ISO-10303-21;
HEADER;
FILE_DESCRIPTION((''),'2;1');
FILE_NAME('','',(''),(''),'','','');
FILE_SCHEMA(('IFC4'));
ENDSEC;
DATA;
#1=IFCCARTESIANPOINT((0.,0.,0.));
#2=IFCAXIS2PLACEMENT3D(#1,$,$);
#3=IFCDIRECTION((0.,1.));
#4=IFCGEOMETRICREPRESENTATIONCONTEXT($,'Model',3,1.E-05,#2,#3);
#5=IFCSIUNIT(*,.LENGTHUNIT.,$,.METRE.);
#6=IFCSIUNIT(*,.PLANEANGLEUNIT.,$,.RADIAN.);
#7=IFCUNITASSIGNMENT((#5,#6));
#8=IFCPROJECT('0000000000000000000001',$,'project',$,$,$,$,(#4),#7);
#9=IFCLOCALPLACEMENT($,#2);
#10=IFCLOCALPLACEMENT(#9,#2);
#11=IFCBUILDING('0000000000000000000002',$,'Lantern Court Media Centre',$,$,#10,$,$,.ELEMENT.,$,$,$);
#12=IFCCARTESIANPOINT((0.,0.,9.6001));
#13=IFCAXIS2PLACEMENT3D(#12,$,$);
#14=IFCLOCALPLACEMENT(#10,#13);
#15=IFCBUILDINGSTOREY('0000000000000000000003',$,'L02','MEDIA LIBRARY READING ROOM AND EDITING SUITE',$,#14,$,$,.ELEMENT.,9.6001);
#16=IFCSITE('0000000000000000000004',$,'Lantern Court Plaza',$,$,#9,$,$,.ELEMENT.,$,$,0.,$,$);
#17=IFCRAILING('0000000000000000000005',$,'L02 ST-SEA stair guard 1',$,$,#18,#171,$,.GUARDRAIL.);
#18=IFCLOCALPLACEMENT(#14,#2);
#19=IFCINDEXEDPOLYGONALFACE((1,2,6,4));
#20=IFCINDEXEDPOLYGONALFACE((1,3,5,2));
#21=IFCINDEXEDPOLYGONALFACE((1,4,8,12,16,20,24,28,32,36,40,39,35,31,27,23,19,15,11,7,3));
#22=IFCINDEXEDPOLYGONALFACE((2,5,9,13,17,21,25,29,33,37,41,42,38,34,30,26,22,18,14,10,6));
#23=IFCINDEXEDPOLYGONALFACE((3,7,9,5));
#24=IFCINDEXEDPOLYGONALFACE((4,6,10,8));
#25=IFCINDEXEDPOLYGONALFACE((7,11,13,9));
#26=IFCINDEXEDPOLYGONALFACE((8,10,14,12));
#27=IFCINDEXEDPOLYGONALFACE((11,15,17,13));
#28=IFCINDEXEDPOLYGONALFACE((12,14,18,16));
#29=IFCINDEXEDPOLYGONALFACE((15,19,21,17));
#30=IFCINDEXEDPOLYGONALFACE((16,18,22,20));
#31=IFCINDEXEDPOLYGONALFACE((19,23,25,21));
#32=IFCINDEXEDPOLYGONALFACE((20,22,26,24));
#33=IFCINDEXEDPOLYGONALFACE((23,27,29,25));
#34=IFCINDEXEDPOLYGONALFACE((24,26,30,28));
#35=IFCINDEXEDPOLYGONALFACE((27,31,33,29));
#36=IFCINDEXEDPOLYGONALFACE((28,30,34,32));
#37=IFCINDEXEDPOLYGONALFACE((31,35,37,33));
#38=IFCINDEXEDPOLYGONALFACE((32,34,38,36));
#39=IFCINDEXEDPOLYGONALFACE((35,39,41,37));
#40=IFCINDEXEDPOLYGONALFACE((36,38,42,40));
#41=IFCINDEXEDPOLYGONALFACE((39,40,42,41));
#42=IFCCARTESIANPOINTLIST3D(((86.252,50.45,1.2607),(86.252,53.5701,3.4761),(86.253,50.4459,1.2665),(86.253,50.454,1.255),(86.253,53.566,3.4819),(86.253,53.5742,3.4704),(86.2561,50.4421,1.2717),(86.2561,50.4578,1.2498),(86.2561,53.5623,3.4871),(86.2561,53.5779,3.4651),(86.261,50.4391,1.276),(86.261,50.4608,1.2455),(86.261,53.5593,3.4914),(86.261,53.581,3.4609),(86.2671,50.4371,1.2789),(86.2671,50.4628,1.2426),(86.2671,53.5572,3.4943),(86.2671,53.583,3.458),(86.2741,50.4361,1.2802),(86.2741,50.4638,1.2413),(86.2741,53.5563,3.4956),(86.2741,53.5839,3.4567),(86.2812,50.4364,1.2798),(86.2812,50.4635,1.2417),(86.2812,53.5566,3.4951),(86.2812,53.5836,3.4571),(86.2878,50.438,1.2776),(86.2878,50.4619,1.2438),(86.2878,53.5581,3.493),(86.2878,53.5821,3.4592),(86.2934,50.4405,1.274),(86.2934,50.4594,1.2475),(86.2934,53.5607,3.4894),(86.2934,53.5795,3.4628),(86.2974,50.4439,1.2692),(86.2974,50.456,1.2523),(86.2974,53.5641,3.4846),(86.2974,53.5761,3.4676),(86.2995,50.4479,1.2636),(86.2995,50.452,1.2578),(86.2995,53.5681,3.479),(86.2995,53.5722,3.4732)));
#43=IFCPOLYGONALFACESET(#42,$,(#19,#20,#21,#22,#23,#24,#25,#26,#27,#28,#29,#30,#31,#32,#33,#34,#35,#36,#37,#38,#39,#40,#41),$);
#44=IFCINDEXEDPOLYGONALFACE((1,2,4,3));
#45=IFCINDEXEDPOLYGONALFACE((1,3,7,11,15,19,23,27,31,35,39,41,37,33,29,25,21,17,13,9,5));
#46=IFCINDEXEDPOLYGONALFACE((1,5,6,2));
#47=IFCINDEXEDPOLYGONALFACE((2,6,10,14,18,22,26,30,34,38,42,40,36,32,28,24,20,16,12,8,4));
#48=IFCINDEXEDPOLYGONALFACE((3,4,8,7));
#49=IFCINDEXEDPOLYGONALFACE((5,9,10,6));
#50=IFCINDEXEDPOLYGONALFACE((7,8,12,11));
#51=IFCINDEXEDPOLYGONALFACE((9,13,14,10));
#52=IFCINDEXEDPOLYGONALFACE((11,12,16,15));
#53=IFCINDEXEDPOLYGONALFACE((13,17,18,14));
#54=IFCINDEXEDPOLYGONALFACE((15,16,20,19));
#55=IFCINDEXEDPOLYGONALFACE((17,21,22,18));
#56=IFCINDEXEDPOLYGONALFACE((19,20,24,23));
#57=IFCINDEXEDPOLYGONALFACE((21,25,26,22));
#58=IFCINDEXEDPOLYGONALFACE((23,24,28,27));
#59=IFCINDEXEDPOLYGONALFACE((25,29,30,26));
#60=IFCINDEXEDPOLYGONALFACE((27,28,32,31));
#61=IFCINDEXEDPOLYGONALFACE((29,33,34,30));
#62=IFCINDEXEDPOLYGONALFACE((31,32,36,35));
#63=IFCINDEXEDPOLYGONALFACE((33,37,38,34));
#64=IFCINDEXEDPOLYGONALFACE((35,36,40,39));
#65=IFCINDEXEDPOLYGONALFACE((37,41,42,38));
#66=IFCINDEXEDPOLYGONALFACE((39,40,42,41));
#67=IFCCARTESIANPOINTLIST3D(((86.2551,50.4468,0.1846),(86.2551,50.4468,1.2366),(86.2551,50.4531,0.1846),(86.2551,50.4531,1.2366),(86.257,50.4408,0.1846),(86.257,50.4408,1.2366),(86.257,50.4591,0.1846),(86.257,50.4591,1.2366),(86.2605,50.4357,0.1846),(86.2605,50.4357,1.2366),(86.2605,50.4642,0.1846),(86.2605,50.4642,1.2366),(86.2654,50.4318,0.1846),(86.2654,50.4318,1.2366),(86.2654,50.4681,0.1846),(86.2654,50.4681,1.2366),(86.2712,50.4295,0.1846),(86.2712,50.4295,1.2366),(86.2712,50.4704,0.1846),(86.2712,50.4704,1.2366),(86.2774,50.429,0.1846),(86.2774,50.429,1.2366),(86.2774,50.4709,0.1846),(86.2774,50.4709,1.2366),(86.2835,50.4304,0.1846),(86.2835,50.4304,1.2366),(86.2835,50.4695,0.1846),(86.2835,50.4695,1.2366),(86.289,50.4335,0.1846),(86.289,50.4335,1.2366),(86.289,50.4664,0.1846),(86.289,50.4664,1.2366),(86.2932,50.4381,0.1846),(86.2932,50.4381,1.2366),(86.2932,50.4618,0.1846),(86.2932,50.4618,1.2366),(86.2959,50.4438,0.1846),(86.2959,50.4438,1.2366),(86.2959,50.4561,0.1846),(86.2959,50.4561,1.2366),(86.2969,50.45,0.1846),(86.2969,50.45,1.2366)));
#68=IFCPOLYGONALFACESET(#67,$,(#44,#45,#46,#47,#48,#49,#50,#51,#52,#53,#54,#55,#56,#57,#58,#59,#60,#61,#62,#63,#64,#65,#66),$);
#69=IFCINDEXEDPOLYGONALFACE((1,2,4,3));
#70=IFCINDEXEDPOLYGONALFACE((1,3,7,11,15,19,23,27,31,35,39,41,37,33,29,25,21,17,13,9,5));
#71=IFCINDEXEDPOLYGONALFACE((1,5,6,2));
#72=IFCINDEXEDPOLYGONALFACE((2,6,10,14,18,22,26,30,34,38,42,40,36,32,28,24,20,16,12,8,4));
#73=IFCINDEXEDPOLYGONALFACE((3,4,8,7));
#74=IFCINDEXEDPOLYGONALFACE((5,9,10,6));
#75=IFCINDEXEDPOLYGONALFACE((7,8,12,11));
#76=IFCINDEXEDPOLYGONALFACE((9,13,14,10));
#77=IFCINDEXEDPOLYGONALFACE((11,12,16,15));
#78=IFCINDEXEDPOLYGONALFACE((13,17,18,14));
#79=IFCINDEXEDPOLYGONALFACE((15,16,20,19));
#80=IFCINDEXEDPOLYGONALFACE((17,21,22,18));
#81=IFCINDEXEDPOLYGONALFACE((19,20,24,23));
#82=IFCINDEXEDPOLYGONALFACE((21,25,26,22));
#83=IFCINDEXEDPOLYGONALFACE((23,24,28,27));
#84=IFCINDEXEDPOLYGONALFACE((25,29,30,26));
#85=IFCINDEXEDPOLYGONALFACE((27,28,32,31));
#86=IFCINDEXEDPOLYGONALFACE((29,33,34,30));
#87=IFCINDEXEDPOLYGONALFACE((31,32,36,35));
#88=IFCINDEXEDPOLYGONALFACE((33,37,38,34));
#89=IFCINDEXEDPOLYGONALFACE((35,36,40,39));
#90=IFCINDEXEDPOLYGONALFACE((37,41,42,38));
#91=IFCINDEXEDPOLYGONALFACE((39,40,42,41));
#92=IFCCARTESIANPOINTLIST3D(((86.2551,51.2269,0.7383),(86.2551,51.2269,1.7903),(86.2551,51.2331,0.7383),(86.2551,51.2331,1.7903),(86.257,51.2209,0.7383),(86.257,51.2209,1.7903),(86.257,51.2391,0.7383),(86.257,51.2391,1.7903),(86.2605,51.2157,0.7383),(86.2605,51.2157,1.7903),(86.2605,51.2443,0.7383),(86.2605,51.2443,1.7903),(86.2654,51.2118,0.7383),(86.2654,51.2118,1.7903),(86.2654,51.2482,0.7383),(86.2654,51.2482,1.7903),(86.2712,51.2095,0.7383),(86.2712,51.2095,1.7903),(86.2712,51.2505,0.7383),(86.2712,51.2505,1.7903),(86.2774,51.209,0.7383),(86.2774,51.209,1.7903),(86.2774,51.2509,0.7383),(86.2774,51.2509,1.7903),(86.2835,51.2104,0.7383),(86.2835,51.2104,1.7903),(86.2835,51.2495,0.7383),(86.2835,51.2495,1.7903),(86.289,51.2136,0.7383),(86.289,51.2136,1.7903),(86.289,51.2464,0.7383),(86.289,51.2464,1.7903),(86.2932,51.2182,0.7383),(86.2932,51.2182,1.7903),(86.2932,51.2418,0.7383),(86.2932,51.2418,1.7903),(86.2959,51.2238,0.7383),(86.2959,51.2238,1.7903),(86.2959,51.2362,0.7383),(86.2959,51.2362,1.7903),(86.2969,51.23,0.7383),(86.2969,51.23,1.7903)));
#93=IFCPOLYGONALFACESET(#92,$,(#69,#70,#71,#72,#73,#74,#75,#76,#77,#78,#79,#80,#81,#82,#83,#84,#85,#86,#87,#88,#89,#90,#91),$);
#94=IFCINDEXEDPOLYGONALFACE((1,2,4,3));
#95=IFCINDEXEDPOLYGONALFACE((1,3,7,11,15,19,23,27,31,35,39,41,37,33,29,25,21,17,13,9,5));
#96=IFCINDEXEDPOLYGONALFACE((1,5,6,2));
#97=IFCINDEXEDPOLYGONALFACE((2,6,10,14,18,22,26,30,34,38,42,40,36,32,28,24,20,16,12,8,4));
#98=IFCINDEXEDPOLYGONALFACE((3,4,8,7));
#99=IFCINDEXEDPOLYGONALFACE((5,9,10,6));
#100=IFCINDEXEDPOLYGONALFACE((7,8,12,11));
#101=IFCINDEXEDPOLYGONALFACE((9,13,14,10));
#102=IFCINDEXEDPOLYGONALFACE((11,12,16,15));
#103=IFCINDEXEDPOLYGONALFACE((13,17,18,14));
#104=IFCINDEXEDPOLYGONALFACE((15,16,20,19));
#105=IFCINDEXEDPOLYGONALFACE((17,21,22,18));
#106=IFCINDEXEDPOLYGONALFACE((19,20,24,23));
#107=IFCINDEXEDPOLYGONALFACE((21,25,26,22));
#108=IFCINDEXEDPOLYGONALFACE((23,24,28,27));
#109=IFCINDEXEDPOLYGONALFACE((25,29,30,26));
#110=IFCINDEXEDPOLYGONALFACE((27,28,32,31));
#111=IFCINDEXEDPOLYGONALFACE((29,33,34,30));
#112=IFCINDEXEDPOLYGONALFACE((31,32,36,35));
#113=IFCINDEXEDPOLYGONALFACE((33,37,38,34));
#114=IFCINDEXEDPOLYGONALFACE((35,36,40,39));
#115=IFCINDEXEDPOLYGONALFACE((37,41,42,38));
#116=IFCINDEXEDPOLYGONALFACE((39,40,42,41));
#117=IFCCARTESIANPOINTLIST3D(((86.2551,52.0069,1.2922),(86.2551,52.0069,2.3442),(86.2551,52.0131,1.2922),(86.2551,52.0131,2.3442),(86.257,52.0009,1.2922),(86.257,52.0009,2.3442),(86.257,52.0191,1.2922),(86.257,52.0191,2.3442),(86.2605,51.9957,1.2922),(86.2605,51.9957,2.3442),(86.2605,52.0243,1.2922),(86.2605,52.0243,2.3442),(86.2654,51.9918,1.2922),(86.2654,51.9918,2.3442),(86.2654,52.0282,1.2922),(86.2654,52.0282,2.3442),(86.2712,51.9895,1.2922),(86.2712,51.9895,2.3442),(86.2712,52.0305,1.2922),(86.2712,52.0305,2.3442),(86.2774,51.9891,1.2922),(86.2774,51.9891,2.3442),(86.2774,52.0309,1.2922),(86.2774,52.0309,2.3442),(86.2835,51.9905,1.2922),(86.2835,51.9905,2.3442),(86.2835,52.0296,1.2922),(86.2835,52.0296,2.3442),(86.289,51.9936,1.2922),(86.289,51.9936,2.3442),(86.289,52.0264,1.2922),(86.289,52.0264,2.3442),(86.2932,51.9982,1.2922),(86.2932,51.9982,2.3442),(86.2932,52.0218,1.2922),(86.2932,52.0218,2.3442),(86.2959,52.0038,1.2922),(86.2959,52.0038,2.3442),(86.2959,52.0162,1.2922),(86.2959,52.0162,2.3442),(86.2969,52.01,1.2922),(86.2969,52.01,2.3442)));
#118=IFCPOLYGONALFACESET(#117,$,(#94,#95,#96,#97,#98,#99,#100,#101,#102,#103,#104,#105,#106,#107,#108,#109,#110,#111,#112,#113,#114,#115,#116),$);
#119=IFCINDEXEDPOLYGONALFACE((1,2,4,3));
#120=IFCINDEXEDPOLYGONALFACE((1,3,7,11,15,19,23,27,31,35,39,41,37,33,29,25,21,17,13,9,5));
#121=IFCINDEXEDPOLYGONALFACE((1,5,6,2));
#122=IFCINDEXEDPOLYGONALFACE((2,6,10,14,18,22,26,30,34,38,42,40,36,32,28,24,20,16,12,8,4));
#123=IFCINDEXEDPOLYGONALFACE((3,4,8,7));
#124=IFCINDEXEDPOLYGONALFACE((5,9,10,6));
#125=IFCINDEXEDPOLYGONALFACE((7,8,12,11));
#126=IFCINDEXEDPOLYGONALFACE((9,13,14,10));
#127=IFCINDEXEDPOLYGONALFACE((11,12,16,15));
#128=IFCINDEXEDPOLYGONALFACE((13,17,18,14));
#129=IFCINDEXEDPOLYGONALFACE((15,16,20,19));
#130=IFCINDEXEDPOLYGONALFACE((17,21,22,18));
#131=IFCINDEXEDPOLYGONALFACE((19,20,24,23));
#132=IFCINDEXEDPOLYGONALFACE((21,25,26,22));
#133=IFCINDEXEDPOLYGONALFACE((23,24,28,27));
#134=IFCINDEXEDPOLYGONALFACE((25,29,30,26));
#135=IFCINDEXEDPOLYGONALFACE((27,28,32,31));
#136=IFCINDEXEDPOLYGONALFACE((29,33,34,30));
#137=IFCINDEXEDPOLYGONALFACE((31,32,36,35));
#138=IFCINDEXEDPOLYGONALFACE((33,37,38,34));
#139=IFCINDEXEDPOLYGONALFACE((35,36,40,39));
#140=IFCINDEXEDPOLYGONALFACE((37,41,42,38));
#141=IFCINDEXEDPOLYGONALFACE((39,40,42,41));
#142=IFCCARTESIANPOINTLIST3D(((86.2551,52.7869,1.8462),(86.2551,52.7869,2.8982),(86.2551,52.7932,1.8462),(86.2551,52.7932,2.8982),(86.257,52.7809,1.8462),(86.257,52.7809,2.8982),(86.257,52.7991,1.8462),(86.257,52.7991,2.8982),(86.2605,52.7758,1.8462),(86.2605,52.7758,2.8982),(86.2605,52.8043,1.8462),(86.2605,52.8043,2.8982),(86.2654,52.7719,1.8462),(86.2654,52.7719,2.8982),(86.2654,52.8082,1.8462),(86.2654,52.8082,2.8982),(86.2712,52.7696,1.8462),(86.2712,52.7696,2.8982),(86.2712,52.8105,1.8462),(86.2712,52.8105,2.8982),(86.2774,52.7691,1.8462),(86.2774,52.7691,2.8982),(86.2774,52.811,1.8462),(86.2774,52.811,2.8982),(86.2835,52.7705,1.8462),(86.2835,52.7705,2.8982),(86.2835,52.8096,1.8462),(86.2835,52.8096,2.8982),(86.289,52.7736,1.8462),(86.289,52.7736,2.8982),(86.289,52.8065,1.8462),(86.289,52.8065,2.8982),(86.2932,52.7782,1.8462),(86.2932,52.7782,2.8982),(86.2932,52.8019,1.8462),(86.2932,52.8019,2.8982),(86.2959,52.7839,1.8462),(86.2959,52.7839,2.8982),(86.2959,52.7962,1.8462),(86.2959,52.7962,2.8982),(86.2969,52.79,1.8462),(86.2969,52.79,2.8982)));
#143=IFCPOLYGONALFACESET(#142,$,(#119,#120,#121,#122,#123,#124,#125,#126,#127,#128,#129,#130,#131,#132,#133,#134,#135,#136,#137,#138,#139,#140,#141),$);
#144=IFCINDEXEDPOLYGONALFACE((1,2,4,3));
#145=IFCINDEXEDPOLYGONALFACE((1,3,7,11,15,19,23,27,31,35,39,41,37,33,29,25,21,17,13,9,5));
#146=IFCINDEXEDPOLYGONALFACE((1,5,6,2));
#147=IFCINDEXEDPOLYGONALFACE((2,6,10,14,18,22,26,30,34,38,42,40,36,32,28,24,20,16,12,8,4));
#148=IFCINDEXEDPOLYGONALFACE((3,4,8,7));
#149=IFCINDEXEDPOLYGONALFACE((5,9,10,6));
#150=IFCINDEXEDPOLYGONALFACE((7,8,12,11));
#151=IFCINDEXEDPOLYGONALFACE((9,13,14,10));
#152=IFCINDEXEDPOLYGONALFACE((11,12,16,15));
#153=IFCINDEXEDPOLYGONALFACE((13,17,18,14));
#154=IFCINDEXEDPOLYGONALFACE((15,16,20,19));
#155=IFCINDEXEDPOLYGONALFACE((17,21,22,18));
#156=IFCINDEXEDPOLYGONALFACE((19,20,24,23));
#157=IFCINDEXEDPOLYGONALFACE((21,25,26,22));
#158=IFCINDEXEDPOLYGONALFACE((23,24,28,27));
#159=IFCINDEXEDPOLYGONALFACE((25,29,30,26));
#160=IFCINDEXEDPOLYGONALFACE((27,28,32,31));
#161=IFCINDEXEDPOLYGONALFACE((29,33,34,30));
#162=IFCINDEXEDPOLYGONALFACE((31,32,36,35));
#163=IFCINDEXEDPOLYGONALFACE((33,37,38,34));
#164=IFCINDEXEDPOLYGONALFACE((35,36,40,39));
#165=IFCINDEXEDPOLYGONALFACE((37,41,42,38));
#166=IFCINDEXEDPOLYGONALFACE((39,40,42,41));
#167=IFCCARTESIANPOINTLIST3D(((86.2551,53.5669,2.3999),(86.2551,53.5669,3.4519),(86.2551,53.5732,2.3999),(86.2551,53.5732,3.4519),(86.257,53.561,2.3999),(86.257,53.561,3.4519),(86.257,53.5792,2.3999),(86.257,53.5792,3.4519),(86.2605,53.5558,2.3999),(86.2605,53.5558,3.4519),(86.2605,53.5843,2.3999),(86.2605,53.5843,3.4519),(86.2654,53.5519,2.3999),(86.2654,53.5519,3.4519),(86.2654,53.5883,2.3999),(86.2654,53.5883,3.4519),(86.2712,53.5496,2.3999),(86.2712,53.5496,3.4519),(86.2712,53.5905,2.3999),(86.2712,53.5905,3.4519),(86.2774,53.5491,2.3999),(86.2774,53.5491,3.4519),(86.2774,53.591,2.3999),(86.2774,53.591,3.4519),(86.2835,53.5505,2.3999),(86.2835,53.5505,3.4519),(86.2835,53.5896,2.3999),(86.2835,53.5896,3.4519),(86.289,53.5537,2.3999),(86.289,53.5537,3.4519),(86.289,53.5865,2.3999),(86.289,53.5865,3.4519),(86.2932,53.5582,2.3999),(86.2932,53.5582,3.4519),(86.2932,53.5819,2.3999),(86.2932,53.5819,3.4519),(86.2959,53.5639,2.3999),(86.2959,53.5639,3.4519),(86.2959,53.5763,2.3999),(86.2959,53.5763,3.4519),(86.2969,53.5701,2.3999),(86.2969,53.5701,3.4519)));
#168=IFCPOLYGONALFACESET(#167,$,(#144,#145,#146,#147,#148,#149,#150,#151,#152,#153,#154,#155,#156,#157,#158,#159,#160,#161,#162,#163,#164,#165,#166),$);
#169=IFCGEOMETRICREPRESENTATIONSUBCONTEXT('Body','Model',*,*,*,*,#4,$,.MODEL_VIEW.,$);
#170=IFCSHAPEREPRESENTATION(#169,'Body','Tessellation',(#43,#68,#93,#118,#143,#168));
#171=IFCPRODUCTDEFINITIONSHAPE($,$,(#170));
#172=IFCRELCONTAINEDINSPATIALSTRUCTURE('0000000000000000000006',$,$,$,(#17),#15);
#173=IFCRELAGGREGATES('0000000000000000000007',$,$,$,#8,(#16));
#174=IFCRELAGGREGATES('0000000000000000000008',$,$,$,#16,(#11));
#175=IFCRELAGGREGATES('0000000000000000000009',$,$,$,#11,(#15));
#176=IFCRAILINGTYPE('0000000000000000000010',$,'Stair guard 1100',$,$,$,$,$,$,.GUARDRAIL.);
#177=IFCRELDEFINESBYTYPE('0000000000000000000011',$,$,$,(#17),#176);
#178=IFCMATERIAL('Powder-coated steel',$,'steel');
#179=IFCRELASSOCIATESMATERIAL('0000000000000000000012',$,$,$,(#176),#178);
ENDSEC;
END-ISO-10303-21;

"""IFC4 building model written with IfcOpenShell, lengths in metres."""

from ifc_helpers import new_model, si_unit, direction, frame, origin, origin_2d, place, context, subcontext, project, spatial, circle, extrude, material, type_object, element, save


model = new_model("IFC4")

# Units and contexts
model_context = context("Model", 3, precision=1e-05, world=origin(), true_north=direction((0.0, 1.0)))
body_context = subcontext(model_context, "Body", "Model", "MODEL_VIEW")
ifc_project = project(units=[si_unit("LENGTHUNIT", "METRE"), si_unit("PLANEANGLEUNIT", "RADIAN")], contexts=[model_context])

# Site, building, storey
site_placement = place(None, origin())
site = spatial("IfcSite", under=ifc_project, at=site_placement, Name="Lantern Court Plaza", CompositionType="ELEMENT", RefElevation=0.0)
building_placement = place(site_placement, origin())
building = spatial("IfcBuilding", under=site, at=building_placement, Name="Lantern Court Media Centre", CompositionType="ELEMENT")
storey_placement = place(building_placement, frame((0.0, 0.0, 9.6001)))
storey = spatial("IfcBuildingStorey", under=building, at=storey_placement, Name="L02", Description="MEDIA LIBRARY READING ROOM AND EDITING SUITE", CompositionType="ELEMENT", Elevation=9.6001)

# Railing
ifc_material_1 = material(Name="Powder-coated steel", Category="steel")
railing_type_1 = type_object("IfcRailingType", Name="Stair guard 1100", PredefinedType="GUARDRAIL", material=ifc_material_1)
railing_1_placement = place(storey_placement, frame((86.2759, 50.45, 0.1846)))
element("IfcRailing", 1, at=railing_1_placement, inside=storey, type_object=railing_type_1, Name="L02 ST-SEA stair guard 1", PredefinedType="GUARDRAIL", context=body_context, shape_type="SweptSolid", body=[
    extrude(circle(Radius=0.0239, at=origin_2d()), frame((0.0, 0.0, 1.0762), z_axis=(0.0, 0.815377, 0.57893), x_axis=(-1.0, 0.0, 0.0)), (0.0, 0.0, 1.0), 3.8267),
    extrude(circle(Radius=0.021, at=origin_2d()), origin(), (0.0, 0.0, 1.0), 1.052),
    extrude(circle(Radius=0.021, at=origin_2d()), frame((0.0, 0.78, 0.5537)), (0.0, 0.0, 1.0), 1.052),
    extrude(circle(Radius=0.021, at=origin_2d()), frame((0.0, 1.5601, 1.1077)), (0.0, 0.0, 1.0), 1.052),
    extrude(circle(Radius=0.021, at=origin_2d()), frame((0.0, 2.3401, 1.6616)), (0.0, 0.0, 1.0), 1.052),
    extrude(circle(Radius=0.021, at=origin_2d()), frame((0.0, 3.1201, 2.2153)), (0.0, 0.0, 1.0), 1.052),
])

save(model, "model.ifc")
